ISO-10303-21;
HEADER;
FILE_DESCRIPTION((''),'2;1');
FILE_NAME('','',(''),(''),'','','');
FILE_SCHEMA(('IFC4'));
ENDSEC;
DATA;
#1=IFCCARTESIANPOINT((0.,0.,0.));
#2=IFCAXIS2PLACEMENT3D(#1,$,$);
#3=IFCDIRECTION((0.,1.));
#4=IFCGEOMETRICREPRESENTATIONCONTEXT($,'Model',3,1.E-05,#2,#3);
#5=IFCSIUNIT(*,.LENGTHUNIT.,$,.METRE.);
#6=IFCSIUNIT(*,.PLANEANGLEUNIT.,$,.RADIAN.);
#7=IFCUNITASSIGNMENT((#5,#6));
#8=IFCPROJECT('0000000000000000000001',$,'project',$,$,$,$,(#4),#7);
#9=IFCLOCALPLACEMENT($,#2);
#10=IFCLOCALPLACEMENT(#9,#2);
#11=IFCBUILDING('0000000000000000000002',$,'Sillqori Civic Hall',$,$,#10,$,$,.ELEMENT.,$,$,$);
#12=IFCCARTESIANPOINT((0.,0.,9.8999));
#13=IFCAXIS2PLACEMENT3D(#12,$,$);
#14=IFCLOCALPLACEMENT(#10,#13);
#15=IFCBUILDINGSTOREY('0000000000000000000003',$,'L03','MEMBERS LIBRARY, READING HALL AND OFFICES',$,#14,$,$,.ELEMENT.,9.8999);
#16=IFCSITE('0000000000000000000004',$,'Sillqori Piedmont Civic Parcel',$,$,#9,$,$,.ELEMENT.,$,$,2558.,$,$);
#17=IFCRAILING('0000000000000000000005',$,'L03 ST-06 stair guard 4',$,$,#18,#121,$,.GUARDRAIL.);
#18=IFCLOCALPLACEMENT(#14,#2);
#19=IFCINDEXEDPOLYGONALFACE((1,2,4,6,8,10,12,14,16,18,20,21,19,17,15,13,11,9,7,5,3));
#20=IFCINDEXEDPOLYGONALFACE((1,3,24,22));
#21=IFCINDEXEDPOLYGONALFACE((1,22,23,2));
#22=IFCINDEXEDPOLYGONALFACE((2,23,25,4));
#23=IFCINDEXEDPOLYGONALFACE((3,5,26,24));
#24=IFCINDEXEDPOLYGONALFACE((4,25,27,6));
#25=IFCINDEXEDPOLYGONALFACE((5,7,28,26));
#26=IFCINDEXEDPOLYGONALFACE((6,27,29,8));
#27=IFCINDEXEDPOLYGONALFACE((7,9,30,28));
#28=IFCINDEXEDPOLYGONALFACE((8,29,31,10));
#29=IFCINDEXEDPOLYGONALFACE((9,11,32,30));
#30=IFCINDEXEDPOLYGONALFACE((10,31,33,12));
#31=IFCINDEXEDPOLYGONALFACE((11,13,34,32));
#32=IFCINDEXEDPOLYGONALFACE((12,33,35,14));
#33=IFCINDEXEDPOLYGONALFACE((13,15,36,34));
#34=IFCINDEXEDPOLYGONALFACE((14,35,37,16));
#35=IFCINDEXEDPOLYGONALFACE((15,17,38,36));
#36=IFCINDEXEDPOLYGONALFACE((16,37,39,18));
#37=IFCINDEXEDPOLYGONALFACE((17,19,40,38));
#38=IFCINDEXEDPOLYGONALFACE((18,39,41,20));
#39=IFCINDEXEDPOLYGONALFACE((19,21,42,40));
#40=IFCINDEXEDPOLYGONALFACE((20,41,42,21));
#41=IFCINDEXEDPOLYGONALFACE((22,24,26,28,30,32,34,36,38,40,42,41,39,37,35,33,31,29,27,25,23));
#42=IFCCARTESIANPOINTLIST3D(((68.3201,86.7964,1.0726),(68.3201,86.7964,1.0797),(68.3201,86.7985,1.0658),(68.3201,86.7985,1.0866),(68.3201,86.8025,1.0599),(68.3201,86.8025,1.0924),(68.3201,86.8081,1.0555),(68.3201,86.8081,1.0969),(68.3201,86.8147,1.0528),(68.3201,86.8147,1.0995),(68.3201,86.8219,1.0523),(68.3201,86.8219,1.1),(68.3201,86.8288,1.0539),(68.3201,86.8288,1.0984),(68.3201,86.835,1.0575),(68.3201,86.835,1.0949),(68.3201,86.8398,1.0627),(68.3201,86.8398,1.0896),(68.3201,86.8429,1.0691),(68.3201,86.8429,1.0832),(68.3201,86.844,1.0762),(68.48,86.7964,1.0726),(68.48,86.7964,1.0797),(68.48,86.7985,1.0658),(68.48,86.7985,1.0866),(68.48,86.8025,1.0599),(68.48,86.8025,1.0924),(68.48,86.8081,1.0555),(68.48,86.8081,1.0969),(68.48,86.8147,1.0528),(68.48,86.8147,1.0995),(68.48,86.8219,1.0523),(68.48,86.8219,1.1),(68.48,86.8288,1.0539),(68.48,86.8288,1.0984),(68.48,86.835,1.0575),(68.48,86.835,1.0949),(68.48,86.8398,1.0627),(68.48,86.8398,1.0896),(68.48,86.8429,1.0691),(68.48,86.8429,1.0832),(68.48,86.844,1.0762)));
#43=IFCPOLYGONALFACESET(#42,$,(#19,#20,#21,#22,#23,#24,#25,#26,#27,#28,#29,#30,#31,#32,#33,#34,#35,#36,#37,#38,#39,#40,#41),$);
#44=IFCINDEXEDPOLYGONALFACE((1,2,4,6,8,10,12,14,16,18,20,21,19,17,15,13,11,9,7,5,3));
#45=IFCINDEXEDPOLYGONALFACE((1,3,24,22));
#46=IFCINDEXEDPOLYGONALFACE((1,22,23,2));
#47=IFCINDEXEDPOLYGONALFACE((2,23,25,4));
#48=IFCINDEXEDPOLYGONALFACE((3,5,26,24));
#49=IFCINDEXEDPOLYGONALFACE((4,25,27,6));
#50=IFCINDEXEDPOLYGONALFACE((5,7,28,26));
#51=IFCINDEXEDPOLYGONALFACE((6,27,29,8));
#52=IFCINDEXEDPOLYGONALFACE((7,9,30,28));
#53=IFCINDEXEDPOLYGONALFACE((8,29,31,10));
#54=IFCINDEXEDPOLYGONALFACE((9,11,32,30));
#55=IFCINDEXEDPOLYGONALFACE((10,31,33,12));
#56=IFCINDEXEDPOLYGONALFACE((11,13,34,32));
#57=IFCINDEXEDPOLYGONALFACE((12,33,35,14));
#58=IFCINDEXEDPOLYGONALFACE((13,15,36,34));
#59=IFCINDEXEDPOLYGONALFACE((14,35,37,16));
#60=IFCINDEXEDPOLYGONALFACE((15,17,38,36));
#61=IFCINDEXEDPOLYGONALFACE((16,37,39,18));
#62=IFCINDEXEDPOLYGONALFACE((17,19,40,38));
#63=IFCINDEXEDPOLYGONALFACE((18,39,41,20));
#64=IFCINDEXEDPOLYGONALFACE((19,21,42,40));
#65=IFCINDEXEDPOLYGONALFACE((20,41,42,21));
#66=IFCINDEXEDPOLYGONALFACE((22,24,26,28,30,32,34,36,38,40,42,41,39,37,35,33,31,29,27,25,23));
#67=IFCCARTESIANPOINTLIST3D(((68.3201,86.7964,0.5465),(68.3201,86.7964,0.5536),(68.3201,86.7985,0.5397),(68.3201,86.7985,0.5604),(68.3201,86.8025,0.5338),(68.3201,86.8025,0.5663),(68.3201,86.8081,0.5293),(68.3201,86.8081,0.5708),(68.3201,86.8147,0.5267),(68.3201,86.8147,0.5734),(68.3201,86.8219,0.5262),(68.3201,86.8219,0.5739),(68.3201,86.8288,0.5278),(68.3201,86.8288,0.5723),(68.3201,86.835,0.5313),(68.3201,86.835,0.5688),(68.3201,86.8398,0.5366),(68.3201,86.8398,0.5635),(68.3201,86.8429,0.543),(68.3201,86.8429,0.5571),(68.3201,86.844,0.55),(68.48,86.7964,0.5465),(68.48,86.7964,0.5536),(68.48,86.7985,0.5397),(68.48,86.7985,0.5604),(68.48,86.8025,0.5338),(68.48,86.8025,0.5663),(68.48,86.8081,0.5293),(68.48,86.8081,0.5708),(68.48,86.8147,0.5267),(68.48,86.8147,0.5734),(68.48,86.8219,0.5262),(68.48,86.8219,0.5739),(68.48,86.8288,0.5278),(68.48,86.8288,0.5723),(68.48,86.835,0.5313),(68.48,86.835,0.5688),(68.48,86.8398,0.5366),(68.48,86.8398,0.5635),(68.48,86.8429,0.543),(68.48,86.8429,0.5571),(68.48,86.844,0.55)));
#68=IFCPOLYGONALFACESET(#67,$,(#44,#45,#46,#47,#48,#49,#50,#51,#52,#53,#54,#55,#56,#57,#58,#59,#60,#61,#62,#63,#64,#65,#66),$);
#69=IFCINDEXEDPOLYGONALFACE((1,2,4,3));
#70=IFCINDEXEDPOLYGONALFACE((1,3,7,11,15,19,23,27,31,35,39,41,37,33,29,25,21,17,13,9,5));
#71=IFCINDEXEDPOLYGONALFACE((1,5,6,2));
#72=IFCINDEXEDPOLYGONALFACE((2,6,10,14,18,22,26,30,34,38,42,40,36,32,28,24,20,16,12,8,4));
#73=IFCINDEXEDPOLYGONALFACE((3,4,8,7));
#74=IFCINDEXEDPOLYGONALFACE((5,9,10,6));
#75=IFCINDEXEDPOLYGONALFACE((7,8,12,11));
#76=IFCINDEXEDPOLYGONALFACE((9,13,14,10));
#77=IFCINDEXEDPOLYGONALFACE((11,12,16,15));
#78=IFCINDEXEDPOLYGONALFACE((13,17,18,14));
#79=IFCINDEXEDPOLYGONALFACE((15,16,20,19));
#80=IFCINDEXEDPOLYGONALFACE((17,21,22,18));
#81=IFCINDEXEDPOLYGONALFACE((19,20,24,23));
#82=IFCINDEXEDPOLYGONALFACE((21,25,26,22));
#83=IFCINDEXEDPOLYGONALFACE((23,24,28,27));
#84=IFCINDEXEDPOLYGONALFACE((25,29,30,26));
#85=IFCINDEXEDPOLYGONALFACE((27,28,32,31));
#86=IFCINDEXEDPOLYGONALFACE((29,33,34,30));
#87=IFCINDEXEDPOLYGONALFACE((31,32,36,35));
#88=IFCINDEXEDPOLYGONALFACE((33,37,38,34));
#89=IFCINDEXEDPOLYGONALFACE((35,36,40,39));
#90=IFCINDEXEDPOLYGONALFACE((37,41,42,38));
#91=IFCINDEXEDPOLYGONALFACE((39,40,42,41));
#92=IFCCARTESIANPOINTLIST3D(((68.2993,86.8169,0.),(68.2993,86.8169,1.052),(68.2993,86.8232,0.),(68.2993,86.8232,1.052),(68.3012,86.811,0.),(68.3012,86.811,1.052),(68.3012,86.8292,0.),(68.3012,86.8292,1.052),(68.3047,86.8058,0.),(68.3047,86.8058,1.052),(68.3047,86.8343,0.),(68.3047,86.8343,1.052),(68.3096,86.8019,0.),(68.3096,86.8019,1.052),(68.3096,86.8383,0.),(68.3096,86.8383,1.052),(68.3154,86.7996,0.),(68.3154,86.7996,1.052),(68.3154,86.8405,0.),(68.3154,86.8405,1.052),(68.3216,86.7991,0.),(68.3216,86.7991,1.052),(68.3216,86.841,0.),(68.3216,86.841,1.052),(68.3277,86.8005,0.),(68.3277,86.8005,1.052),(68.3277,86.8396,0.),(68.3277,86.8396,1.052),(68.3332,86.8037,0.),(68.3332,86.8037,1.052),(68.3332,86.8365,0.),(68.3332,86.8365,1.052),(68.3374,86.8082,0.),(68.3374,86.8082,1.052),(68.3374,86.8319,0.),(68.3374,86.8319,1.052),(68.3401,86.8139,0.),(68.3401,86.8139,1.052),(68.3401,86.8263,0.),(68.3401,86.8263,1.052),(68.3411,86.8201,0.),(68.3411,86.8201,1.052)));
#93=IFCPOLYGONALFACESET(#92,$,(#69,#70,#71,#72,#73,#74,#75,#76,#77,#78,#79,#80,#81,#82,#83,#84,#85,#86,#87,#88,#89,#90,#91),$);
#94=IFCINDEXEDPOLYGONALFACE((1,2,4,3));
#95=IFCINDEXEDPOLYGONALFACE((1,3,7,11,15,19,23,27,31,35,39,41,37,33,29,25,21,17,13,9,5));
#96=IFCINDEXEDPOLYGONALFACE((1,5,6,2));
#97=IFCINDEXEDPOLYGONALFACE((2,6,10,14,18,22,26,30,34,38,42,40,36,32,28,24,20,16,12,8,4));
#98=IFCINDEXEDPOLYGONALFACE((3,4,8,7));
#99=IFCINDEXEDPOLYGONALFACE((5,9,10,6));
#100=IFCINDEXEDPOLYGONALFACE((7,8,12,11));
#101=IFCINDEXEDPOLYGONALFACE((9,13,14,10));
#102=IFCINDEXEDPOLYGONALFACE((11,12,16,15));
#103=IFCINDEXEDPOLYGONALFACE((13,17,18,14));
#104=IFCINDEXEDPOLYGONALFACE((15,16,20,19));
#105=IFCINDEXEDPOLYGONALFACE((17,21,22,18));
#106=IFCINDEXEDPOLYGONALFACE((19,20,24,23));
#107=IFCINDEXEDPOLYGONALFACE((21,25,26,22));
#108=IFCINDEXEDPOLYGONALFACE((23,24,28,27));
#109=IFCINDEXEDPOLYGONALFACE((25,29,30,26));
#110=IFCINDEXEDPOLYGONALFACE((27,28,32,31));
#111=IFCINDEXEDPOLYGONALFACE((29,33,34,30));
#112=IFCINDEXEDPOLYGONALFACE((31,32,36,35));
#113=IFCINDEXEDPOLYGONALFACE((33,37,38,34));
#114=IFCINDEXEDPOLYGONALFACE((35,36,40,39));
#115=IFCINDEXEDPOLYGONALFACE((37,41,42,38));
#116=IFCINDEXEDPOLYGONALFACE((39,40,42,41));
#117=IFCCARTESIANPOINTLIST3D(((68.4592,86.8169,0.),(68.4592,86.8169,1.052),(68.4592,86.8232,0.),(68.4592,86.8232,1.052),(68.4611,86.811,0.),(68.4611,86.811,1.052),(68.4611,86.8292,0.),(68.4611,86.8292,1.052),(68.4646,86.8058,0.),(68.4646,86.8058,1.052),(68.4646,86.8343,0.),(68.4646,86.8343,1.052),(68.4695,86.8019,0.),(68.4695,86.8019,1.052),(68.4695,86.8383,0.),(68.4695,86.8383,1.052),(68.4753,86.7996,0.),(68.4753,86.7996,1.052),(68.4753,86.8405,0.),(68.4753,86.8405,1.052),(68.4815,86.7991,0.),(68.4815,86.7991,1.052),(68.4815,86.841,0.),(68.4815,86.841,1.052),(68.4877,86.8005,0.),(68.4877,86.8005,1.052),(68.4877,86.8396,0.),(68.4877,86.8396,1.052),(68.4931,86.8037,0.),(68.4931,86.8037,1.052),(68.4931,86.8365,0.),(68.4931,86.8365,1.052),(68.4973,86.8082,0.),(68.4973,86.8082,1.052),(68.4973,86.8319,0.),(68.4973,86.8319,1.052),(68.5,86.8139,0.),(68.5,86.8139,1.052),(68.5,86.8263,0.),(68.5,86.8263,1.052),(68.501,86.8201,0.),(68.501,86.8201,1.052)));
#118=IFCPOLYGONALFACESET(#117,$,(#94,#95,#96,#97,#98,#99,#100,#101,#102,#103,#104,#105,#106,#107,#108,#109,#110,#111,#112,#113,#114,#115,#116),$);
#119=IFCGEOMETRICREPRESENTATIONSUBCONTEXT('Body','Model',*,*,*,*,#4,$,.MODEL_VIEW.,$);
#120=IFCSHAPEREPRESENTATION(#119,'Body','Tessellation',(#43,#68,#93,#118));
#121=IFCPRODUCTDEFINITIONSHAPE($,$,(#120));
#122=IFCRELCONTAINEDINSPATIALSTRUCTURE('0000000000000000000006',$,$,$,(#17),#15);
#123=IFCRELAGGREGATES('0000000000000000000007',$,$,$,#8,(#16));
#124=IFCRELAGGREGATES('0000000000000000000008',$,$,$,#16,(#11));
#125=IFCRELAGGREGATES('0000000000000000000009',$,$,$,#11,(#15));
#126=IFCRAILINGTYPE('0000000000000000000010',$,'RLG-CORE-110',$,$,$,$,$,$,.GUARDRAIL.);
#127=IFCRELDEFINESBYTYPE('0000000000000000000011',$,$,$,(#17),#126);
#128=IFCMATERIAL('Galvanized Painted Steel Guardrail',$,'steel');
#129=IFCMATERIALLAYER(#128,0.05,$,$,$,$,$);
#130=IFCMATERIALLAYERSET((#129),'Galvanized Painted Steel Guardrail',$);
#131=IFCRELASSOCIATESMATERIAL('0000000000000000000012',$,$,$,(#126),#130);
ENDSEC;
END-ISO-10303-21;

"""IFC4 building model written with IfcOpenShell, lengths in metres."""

from ifc_helpers import new_model, si_unit, direction, frame, origin, origin_2d, place, context, subcontext, project, spatial, circle, extrude, material, layer, layer_set, type_object, element, save


model = new_model("IFC4")

# Units and contexts
model_context = context("Model", 3, precision=1e-05, world=origin(), true_north=direction((0.0, 1.0)))
body_context = subcontext(model_context, "Body", "Model", "MODEL_VIEW")
ifc_project = project(units=[si_unit("LENGTHUNIT", "METRE"), si_unit("PLANEANGLEUNIT", "RADIAN")], contexts=[model_context])

# Site, building, storey
site_placement = place(None, origin())
site = spatial("IfcSite", under=ifc_project, at=site_placement, Name="Sillqori Piedmont Civic Parcel", CompositionType="ELEMENT", RefElevation=2558.0)
building_placement = place(site_placement, origin())
building = spatial("IfcBuilding", under=site, at=building_placement, Name="Sillqori Civic Hall", CompositionType="ELEMENT")
storey_placement = place(building_placement, frame((0.0, 0.0, 9.8999)))
storey = spatial("IfcBuildingStorey", under=building, at=storey_placement, Name="L03", Description="MEMBERS LIBRARY, READING HALL AND OFFICES", CompositionType="ELEMENT", Elevation=9.8999)

# Railing
ifc_material_1 = material(Name="Galvanized Painted Steel Guardrail", Category="steel")
ifc_layer_1 = layer(ifc_material_1, 0.05)
ifc_layer_set_1 = layer_set([ifc_layer_1], Name="Galvanized Painted Steel Guardrail")
railing_type_1 = type_object("IfcRailingType", Name="RLG-CORE-110", PredefinedType="GUARDRAIL", material=ifc_layer_set_1)
railing_1_placement = place(storey_placement, frame((68.3201, 86.8201, 0.0)))
element("IfcRailing", 1, at=railing_1_placement, inside=storey, type_object=railing_type_1, Name="L03 ST-06 stair guard 4", PredefinedType="GUARDRAIL", context=body_context, shape_type="SweptSolid", body=[
    extrude(circle(Radius=0.0239, at=origin_2d()), frame((0.0, 0.0, 1.0762), z_axis=(1.0, 0.0, 0.0), x_axis=(0.0, 1.0, 0.0)), (0.0, 0.0, 1.0), 0.1599),
    extrude(circle(Radius=0.0239, at=origin_2d()), frame((0.0, 0.0, 0.55), z_axis=(1.0, 0.0, 0.0), x_axis=(0.0, 1.0, 0.0)), (0.0, 0.0, 1.0), 0.1599),
    extrude(circle(Radius=0.021, at=origin_2d()), origin(), (0.0, 0.0, 1.0), 1.052),
    extrude(circle(Radius=0.021, at=origin_2d()), frame((0.1599, 0.0, 0.0)), (0.0, 0.0, 1.0), 1.052),
])

save(model, "model.ifc")
